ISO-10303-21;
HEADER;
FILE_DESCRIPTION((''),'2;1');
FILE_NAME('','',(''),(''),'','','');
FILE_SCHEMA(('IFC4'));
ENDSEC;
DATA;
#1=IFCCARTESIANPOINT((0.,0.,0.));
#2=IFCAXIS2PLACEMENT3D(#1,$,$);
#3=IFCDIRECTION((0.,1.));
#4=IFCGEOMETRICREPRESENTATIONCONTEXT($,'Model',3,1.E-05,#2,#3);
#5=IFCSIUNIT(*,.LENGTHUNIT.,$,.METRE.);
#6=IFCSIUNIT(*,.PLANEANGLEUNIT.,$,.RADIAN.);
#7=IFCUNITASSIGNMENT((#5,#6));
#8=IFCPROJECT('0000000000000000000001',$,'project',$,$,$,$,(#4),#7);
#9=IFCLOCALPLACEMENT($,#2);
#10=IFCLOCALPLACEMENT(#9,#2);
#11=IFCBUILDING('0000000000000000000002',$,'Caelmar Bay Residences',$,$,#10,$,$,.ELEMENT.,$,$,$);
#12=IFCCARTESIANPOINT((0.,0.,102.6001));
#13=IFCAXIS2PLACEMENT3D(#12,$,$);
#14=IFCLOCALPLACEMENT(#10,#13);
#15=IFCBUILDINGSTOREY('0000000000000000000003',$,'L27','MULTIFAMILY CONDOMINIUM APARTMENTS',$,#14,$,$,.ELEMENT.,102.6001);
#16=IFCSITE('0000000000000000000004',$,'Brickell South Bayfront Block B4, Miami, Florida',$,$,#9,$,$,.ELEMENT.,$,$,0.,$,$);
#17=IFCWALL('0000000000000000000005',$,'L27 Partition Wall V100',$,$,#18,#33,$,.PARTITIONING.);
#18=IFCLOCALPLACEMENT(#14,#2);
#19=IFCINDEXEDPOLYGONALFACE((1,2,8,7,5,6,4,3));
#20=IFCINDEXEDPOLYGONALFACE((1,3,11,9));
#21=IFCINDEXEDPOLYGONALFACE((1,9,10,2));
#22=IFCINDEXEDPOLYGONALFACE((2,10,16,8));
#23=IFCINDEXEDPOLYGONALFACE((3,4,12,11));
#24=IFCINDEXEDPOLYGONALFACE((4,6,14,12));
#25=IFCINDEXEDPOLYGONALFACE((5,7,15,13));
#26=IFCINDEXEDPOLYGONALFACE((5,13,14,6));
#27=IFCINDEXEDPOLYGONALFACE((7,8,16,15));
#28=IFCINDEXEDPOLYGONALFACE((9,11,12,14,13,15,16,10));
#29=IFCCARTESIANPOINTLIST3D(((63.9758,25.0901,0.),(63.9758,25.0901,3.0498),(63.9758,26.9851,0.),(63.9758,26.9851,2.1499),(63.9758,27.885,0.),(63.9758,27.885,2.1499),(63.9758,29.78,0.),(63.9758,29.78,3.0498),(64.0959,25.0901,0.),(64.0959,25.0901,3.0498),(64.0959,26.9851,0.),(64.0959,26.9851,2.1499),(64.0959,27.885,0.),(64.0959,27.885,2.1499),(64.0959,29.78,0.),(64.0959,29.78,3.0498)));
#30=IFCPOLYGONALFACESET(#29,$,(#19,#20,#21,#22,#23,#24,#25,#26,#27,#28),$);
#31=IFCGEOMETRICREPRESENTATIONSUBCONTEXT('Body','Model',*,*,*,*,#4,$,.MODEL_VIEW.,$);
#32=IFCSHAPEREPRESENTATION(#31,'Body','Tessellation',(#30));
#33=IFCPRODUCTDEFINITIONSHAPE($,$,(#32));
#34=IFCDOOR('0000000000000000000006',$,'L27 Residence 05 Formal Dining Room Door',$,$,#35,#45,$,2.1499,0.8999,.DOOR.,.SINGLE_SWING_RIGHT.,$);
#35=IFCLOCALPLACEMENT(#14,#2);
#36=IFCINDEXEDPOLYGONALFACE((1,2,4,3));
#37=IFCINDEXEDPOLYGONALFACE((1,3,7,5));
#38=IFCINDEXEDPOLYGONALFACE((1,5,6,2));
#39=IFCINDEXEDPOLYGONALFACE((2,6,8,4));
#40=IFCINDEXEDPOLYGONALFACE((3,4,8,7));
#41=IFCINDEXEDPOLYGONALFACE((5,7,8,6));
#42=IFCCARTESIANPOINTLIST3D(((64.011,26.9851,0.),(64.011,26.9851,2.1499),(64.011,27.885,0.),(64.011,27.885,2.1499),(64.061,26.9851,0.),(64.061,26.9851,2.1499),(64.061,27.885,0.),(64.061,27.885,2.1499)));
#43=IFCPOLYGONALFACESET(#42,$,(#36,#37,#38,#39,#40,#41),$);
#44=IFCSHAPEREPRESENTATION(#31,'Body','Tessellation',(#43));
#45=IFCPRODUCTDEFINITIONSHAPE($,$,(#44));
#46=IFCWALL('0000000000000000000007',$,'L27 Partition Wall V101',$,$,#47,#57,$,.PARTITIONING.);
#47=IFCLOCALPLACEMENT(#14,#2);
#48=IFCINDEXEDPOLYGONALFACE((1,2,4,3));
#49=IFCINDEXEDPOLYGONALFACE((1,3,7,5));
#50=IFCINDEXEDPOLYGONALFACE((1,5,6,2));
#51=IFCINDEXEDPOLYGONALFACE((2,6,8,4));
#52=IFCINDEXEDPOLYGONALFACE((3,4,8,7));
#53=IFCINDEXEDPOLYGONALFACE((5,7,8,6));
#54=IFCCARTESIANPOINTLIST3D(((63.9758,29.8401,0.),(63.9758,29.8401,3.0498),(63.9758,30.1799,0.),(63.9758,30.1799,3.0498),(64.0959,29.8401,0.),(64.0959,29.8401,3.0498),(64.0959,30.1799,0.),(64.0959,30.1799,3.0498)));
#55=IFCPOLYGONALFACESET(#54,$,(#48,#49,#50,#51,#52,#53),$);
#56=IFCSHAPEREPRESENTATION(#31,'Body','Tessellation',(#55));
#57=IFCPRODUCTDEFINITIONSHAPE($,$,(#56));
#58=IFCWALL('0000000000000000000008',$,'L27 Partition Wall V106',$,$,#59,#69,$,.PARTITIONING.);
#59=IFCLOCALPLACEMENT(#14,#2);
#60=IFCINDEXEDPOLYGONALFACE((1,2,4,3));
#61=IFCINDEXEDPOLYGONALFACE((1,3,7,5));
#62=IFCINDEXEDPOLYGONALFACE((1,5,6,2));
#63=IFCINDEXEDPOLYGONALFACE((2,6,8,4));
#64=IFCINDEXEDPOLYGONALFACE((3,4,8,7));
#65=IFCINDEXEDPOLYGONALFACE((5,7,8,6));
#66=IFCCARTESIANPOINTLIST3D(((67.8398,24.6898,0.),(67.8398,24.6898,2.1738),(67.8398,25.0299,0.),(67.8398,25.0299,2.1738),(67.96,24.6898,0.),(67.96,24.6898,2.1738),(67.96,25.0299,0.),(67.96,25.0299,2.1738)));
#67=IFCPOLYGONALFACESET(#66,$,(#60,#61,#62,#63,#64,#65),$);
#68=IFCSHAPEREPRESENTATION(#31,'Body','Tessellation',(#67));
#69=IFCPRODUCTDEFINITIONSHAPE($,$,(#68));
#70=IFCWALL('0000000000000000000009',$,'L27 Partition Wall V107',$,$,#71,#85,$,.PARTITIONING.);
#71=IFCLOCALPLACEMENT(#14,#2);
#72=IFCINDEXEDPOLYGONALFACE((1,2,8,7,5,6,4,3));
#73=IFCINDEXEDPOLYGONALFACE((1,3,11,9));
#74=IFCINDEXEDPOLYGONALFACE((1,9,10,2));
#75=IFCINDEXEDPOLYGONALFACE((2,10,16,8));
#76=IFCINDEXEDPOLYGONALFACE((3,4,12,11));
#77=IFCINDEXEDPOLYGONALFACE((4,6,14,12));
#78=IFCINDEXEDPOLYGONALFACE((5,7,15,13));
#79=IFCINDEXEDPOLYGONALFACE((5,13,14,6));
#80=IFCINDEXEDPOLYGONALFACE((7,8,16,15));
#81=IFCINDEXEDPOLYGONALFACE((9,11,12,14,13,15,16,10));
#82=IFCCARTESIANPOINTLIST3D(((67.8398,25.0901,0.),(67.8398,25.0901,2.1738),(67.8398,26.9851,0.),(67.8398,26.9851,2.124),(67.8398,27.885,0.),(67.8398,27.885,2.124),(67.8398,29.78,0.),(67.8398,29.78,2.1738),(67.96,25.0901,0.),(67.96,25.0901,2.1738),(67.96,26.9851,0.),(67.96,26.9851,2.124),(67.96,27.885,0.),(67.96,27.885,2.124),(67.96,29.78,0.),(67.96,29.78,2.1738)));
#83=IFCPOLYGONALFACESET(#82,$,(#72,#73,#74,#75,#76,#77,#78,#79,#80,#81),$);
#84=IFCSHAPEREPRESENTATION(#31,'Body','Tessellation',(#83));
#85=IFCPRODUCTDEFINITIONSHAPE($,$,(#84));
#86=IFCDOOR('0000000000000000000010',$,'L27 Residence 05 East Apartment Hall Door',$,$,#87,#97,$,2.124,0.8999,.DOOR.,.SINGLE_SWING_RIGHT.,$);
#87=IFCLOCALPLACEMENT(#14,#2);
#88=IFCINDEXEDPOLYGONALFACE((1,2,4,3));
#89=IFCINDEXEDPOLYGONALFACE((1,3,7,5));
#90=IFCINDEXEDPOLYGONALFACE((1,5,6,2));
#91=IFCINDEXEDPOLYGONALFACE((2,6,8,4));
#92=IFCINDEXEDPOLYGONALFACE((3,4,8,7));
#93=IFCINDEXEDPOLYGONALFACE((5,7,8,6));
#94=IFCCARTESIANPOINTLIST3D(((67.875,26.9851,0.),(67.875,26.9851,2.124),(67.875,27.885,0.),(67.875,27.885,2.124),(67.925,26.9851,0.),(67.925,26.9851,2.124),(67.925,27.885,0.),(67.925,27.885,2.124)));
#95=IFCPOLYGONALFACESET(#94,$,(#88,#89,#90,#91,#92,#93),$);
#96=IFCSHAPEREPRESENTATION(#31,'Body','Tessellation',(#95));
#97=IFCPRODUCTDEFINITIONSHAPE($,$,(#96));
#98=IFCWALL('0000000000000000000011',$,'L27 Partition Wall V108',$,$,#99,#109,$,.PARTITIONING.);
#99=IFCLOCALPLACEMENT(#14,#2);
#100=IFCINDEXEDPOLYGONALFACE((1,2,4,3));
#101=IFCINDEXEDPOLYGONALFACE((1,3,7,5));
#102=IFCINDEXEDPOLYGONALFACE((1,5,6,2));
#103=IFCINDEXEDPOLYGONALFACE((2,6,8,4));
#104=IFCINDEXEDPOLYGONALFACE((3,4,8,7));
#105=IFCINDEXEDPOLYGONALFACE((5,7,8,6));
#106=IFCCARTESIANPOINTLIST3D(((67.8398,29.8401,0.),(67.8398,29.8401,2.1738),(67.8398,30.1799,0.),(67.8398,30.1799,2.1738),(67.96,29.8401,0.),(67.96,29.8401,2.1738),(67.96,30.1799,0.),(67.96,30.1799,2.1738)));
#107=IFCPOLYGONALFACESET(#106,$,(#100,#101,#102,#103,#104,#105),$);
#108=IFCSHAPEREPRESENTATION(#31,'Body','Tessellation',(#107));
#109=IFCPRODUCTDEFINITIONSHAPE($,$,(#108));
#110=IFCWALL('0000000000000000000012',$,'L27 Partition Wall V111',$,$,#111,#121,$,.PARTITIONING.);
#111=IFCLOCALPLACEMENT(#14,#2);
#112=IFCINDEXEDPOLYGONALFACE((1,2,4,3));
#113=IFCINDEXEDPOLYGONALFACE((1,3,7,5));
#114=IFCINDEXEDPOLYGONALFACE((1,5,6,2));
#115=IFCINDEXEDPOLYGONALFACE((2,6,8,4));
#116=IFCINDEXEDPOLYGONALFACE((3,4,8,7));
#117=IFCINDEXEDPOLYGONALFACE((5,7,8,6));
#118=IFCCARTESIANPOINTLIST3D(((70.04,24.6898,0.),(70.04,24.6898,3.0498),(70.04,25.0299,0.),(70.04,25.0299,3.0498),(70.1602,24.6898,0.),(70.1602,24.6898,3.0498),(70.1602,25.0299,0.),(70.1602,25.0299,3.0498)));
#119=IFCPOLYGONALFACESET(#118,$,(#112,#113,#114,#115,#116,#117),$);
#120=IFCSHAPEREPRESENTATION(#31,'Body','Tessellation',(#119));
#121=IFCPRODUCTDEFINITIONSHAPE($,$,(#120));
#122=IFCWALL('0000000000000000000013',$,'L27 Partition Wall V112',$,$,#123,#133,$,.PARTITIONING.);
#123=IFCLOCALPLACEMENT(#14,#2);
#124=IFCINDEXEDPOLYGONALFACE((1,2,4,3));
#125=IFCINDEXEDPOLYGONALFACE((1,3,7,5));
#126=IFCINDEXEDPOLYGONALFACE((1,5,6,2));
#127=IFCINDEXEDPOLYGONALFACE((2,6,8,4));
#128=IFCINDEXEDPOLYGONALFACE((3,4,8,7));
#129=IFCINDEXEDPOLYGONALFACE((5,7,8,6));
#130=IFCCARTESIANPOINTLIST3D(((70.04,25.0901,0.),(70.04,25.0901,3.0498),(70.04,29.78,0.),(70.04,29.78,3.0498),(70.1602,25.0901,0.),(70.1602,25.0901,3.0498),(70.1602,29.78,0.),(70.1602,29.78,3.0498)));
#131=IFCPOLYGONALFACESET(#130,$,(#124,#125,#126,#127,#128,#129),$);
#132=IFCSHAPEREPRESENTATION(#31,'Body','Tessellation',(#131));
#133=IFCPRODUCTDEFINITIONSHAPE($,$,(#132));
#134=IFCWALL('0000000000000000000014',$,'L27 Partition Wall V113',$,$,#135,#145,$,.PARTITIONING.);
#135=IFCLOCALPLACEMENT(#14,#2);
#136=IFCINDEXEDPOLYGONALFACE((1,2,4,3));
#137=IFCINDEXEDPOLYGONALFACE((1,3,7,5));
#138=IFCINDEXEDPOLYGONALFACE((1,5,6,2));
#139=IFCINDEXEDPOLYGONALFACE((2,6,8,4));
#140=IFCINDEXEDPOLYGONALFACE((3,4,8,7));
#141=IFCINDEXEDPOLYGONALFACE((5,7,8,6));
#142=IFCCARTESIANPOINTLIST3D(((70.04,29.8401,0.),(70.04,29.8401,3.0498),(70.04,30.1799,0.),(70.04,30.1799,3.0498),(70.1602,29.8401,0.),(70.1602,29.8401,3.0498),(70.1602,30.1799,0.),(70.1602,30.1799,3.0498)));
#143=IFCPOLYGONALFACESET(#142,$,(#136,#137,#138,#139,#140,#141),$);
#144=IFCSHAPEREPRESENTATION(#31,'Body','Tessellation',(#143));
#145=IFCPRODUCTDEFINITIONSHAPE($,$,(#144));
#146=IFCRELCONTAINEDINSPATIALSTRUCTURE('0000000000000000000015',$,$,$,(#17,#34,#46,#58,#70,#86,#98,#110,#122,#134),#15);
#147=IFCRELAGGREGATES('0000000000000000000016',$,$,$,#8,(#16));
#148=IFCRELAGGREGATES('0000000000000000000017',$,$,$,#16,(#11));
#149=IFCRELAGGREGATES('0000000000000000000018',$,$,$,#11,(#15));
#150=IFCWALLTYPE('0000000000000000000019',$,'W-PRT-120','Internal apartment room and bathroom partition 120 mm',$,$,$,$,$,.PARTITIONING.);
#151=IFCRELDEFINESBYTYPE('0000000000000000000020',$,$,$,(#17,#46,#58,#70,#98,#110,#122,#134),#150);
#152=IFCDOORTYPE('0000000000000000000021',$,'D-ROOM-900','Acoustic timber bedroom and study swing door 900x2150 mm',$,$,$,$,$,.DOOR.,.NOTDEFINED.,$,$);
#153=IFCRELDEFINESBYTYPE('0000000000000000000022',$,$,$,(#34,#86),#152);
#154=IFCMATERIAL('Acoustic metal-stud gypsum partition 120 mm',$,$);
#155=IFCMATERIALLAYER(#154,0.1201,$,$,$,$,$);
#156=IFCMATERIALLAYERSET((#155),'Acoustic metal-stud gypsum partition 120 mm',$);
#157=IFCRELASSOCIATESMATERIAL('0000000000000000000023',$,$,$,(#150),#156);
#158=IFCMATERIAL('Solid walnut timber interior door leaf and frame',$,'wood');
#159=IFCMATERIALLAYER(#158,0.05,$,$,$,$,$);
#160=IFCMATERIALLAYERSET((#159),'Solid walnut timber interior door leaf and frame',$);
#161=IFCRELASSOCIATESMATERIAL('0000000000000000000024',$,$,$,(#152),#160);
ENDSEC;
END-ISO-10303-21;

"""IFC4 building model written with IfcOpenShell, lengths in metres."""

from ifc_helpers import new_model, si_unit, direction, frame, frame_2d, origin, place, context, subcontext, project, spatial, rectangle, extrude, material, layer, layer_set, type_object, element, fill, save


model = new_model("IFC4")

# Units and contexts
model_context = context("Model", 3, precision=1e-05, world=origin(), true_north=direction((0.0, 1.0)))
body_context = subcontext(model_context, "Body", "Model", "MODEL_VIEW")
ifc_project = project(units=[si_unit("LENGTHUNIT", "METRE"), si_unit("PLANEANGLEUNIT", "RADIAN")], contexts=[model_context])

# Site, building, storey
site_placement = place(None, origin())
site = spatial("IfcSite", under=ifc_project, at=site_placement, Name="Brickell South Bayfront Block B4, Miami, Florida", CompositionType="ELEMENT", RefElevation=0.0)
building_placement = place(site_placement, origin())
building = spatial("IfcBuilding", under=site, at=building_placement, Name="Caelmar Bay Residences", CompositionType="ELEMENT")
storey_placement = place(building_placement, frame((0.0, 0.0, 102.6001)))
storey = spatial("IfcBuildingStorey", under=building, at=storey_placement, Name="L27", Description="MULTIFAMILY CONDOMINIUM APARTMENTS", CompositionType="ELEMENT", Elevation=102.6001)

# Shared definitions
ifc_material_1 = material(Name="Acoustic metal-stud gypsum partition 120 mm")
ifc_layer_1 = layer(ifc_material_1, 0.1201)
ifc_layer_set_1 = layer_set([ifc_layer_1], Name="Acoustic metal-stud gypsum partition 120 mm")
wall_type_1 = type_object("IfcWallType", Name="W-PRT-120", Description="Internal apartment room and bathroom partition 120 mm", PredefinedType="PARTITIONING", material=ifc_layer_set_1)

# Wall, opening, door
wall_1_placement = place(storey_placement, frame((64.0359, 25.0901, 0.0), z_axis=(0.0, 0.0, 1.0), x_axis=(0.0, 1.0, 0.0)))
wall_1 = element("IfcWall", 1, at=wall_1_placement, inside=storey, type_object=wall_type_1, Name="L27 Partition Wall V100", PredefinedType="PARTITIONING", context=body_context, shape_type="SweptSolid", body=[
    extrude(rectangle(XDim=4.6899, YDim=0.1201, at=frame_2d((2.345, 0.0))), origin(), (0.0, 0.0, 1.0), 3.0498),
])
opening_1_placement = place(wall_1_placement, frame((1.895, 0.0, 0.0)))
opening_1 = element("IfcOpeningElement", 2, at=opening_1_placement, cuts=wall_1, PredefinedType="OPENING", context=body_context, shape_type="SweptSolid", body=[
    extrude(rectangle(XDim=0.8999, YDim=2.1499, at=frame_2d((0.45, 1.075))), frame((0.0, 0.0701, 0.0), z_axis=(0.0, -1.0, 0.0), x_axis=(1.0, 0.0, 0.0)), (0.0, 0.0, 1.0), 0.1401),
])
ifc_material_2 = material(Name="Solid walnut timber interior door leaf and frame", Category="wood")
ifc_layer_2 = layer(ifc_material_2, 0.05)
ifc_layer_set_2 = layer_set([ifc_layer_2], Name="Solid walnut timber interior door leaf and frame")
door_type = type_object("IfcDoorType", Name="D-ROOM-900", Description="Acoustic timber bedroom and study swing door 900x2150 mm", OperationType="NOTDEFINED", PredefinedType="DOOR", material=ifc_layer_set_2)
door_1_placement = place(opening_1_placement, origin())
door_1 = element("IfcDoor", 3, at=door_1_placement, inside=storey, type_object=door_type, Name="L27 Residence 05 Formal Dining Room Door", OperationType="SINGLE_SWING_RIGHT", OverallHeight=2.1499, OverallWidth=0.8999, PredefinedType="DOOR", context=body_context, shape_type="SweptSolid", body=[
    extrude(rectangle(XDim=0.8999, YDim=2.1499, at=frame_2d((0.45, 1.075))), frame((0.0, 0.0249, 0.0), z_axis=(0.0, -1.0, 0.0), x_axis=(1.0, 0.0, 0.0)), (0.0, 0.0, 1.0), 0.05),
])
fill(opening_1, door_1)

# Walls
wall_2_placement = place(storey_placement, frame((64.0359, 29.8401, 0.0), z_axis=(0.0, 0.0, 1.0), x_axis=(0.0, 1.0, 0.0)))
element("IfcWall", 4, at=wall_2_placement, inside=storey, type_object=wall_type_1, Name="L27 Partition Wall V101", PredefinedType="PARTITIONING", context=body_context, shape_type="SweptSolid", body=[
    extrude(rectangle(XDim=0.3398, YDim=0.1201, at=frame_2d((0.1699, 0.0))), origin(), (0.0, 0.0, 1.0), 3.0498),
])
wall_3_placement = place(storey_placement, frame((67.8999, 24.6899, 0.0), z_axis=(0.0, 0.0, 1.0), x_axis=(0.0, 1.0, 0.0)))
element("IfcWall", 5, at=wall_3_placement, inside=storey, type_object=wall_type_1, Name="L27 Partition Wall V106", PredefinedType="PARTITIONING", context=body_context, shape_type="SweptSolid", body=[
    extrude(rectangle(XDim=0.3401, YDim=0.1201, at=frame_2d((0.1699, 0.0))), origin(), (0.0, 0.0, 1.0), 2.1738),
])

# Wall, opening, door
wall_4_placement = place(storey_placement, frame((67.8999, 25.0901, 0.0), z_axis=(0.0, 0.0, 1.0), x_axis=(0.0, 1.0, 0.0)))
wall_4 = element("IfcWall", 6, at=wall_4_placement, inside=storey, type_object=wall_type_1, Name="L27 Partition Wall V107", PredefinedType="PARTITIONING", context=body_context, shape_type="SweptSolid", body=[
    extrude(rectangle(XDim=4.6899, YDim=0.1201, at=frame_2d((2.345, 0.0))), origin(), (0.0, 0.0, 1.0), 2.1738),
])
opening_2_placement = place(wall_4_placement, frame((1.895, 0.0, 0.0)))
opening_2 = element("IfcOpeningElement", 7, at=opening_2_placement, cuts=wall_4, PredefinedType="OPENING", context=body_context, shape_type="SweptSolid", body=[
    extrude(rectangle(XDim=0.8999, YDim=2.124, at=frame_2d((0.45, 1.062))), frame((0.0, 0.0701, 0.0), z_axis=(0.0, -1.0, 0.0), x_axis=(1.0, 0.0, 0.0)), (0.0, 0.0, 1.0), 0.1401),
])
door_2_placement = place(opening_2_placement, origin())
door_2 = element("IfcDoor", 8, at=door_2_placement, inside=storey, type_object=door_type, Name="L27 Residence 05 East Apartment Hall Door", OperationType="SINGLE_SWING_RIGHT", OverallHeight=2.124, OverallWidth=0.8999, PredefinedType="DOOR", context=body_context, shape_type="SweptSolid", body=[
    extrude(rectangle(XDim=0.8999, YDim=2.124, at=frame_2d((0.45, 1.062))), frame((0.0, 0.0249, 0.0), z_axis=(0.0, -1.0, 0.0), x_axis=(1.0, 0.0, 0.0)), (0.0, 0.0, 1.0), 0.05),
])
fill(opening_2, door_2)

# Walls
wall_5_placement = place(storey_placement, frame((67.8999, 29.8401, 0.0), z_axis=(0.0, 0.0, 1.0), x_axis=(0.0, 1.0, 0.0)))
element("IfcWall", 9, at=wall_5_placement, inside=storey, type_object=wall_type_1, Name="L27 Partition Wall V108", PredefinedType="PARTITIONING", context=body_context, shape_type="SweptSolid", body=[
    extrude(rectangle(XDim=0.3398, YDim=0.1201, at=frame_2d((0.1699, 0.0))), origin(), (0.0, 0.0, 1.0), 2.1738),
])
wall_6_placement = place(storey_placement, frame((70.1001, 24.6899, 0.0), z_axis=(0.0, 0.0, 1.0), x_axis=(0.0, 1.0, 0.0)))
element("IfcWall", 10, at=wall_6_placement, inside=storey, type_object=wall_type_1, Name="L27 Partition Wall V111", PredefinedType="PARTITIONING", context=body_context, shape_type="SweptSolid", body=[
    extrude(rectangle(XDim=0.3401, YDim=0.1201, at=frame_2d((0.1699, 0.0))), origin(), (0.0, 0.0, 1.0), 3.0498),
])
wall_7_placement = place(storey_placement, frame((70.1001, 25.0901, 0.0), z_axis=(0.0, 0.0, 1.0), x_axis=(0.0, 1.0, 0.0)))
element("IfcWall", 11, at=wall_7_placement, inside=storey, type_object=wall_type_1, Name="L27 Partition Wall V112", PredefinedType="PARTITIONING", context=body_context, shape_type="SweptSolid", body=[
    extrude(rectangle(XDim=4.6899, YDim=0.1201, at=frame_2d((2.345, 0.0))), origin(), (0.0, 0.0, 1.0), 3.0498),
])
wall_8_placement = place(storey_placement, frame((70.1001, 29.8401, 0.0), z_axis=(0.0, 0.0, 1.0), x_axis=(0.0, 1.0, 0.0)))
element("IfcWall", 12, at=wall_8_placement, inside=storey, type_object=wall_type_1, Name="L27 Partition Wall V113", PredefinedType="PARTITIONING", context=body_context, shape_type="SweptSolid", body=[
    extrude(rectangle(XDim=0.3398, YDim=0.1201, at=frame_2d((0.1699, 0.0))), origin(), (0.0, 0.0, 1.0), 3.0498),
])

save(model, "model.ifc")
